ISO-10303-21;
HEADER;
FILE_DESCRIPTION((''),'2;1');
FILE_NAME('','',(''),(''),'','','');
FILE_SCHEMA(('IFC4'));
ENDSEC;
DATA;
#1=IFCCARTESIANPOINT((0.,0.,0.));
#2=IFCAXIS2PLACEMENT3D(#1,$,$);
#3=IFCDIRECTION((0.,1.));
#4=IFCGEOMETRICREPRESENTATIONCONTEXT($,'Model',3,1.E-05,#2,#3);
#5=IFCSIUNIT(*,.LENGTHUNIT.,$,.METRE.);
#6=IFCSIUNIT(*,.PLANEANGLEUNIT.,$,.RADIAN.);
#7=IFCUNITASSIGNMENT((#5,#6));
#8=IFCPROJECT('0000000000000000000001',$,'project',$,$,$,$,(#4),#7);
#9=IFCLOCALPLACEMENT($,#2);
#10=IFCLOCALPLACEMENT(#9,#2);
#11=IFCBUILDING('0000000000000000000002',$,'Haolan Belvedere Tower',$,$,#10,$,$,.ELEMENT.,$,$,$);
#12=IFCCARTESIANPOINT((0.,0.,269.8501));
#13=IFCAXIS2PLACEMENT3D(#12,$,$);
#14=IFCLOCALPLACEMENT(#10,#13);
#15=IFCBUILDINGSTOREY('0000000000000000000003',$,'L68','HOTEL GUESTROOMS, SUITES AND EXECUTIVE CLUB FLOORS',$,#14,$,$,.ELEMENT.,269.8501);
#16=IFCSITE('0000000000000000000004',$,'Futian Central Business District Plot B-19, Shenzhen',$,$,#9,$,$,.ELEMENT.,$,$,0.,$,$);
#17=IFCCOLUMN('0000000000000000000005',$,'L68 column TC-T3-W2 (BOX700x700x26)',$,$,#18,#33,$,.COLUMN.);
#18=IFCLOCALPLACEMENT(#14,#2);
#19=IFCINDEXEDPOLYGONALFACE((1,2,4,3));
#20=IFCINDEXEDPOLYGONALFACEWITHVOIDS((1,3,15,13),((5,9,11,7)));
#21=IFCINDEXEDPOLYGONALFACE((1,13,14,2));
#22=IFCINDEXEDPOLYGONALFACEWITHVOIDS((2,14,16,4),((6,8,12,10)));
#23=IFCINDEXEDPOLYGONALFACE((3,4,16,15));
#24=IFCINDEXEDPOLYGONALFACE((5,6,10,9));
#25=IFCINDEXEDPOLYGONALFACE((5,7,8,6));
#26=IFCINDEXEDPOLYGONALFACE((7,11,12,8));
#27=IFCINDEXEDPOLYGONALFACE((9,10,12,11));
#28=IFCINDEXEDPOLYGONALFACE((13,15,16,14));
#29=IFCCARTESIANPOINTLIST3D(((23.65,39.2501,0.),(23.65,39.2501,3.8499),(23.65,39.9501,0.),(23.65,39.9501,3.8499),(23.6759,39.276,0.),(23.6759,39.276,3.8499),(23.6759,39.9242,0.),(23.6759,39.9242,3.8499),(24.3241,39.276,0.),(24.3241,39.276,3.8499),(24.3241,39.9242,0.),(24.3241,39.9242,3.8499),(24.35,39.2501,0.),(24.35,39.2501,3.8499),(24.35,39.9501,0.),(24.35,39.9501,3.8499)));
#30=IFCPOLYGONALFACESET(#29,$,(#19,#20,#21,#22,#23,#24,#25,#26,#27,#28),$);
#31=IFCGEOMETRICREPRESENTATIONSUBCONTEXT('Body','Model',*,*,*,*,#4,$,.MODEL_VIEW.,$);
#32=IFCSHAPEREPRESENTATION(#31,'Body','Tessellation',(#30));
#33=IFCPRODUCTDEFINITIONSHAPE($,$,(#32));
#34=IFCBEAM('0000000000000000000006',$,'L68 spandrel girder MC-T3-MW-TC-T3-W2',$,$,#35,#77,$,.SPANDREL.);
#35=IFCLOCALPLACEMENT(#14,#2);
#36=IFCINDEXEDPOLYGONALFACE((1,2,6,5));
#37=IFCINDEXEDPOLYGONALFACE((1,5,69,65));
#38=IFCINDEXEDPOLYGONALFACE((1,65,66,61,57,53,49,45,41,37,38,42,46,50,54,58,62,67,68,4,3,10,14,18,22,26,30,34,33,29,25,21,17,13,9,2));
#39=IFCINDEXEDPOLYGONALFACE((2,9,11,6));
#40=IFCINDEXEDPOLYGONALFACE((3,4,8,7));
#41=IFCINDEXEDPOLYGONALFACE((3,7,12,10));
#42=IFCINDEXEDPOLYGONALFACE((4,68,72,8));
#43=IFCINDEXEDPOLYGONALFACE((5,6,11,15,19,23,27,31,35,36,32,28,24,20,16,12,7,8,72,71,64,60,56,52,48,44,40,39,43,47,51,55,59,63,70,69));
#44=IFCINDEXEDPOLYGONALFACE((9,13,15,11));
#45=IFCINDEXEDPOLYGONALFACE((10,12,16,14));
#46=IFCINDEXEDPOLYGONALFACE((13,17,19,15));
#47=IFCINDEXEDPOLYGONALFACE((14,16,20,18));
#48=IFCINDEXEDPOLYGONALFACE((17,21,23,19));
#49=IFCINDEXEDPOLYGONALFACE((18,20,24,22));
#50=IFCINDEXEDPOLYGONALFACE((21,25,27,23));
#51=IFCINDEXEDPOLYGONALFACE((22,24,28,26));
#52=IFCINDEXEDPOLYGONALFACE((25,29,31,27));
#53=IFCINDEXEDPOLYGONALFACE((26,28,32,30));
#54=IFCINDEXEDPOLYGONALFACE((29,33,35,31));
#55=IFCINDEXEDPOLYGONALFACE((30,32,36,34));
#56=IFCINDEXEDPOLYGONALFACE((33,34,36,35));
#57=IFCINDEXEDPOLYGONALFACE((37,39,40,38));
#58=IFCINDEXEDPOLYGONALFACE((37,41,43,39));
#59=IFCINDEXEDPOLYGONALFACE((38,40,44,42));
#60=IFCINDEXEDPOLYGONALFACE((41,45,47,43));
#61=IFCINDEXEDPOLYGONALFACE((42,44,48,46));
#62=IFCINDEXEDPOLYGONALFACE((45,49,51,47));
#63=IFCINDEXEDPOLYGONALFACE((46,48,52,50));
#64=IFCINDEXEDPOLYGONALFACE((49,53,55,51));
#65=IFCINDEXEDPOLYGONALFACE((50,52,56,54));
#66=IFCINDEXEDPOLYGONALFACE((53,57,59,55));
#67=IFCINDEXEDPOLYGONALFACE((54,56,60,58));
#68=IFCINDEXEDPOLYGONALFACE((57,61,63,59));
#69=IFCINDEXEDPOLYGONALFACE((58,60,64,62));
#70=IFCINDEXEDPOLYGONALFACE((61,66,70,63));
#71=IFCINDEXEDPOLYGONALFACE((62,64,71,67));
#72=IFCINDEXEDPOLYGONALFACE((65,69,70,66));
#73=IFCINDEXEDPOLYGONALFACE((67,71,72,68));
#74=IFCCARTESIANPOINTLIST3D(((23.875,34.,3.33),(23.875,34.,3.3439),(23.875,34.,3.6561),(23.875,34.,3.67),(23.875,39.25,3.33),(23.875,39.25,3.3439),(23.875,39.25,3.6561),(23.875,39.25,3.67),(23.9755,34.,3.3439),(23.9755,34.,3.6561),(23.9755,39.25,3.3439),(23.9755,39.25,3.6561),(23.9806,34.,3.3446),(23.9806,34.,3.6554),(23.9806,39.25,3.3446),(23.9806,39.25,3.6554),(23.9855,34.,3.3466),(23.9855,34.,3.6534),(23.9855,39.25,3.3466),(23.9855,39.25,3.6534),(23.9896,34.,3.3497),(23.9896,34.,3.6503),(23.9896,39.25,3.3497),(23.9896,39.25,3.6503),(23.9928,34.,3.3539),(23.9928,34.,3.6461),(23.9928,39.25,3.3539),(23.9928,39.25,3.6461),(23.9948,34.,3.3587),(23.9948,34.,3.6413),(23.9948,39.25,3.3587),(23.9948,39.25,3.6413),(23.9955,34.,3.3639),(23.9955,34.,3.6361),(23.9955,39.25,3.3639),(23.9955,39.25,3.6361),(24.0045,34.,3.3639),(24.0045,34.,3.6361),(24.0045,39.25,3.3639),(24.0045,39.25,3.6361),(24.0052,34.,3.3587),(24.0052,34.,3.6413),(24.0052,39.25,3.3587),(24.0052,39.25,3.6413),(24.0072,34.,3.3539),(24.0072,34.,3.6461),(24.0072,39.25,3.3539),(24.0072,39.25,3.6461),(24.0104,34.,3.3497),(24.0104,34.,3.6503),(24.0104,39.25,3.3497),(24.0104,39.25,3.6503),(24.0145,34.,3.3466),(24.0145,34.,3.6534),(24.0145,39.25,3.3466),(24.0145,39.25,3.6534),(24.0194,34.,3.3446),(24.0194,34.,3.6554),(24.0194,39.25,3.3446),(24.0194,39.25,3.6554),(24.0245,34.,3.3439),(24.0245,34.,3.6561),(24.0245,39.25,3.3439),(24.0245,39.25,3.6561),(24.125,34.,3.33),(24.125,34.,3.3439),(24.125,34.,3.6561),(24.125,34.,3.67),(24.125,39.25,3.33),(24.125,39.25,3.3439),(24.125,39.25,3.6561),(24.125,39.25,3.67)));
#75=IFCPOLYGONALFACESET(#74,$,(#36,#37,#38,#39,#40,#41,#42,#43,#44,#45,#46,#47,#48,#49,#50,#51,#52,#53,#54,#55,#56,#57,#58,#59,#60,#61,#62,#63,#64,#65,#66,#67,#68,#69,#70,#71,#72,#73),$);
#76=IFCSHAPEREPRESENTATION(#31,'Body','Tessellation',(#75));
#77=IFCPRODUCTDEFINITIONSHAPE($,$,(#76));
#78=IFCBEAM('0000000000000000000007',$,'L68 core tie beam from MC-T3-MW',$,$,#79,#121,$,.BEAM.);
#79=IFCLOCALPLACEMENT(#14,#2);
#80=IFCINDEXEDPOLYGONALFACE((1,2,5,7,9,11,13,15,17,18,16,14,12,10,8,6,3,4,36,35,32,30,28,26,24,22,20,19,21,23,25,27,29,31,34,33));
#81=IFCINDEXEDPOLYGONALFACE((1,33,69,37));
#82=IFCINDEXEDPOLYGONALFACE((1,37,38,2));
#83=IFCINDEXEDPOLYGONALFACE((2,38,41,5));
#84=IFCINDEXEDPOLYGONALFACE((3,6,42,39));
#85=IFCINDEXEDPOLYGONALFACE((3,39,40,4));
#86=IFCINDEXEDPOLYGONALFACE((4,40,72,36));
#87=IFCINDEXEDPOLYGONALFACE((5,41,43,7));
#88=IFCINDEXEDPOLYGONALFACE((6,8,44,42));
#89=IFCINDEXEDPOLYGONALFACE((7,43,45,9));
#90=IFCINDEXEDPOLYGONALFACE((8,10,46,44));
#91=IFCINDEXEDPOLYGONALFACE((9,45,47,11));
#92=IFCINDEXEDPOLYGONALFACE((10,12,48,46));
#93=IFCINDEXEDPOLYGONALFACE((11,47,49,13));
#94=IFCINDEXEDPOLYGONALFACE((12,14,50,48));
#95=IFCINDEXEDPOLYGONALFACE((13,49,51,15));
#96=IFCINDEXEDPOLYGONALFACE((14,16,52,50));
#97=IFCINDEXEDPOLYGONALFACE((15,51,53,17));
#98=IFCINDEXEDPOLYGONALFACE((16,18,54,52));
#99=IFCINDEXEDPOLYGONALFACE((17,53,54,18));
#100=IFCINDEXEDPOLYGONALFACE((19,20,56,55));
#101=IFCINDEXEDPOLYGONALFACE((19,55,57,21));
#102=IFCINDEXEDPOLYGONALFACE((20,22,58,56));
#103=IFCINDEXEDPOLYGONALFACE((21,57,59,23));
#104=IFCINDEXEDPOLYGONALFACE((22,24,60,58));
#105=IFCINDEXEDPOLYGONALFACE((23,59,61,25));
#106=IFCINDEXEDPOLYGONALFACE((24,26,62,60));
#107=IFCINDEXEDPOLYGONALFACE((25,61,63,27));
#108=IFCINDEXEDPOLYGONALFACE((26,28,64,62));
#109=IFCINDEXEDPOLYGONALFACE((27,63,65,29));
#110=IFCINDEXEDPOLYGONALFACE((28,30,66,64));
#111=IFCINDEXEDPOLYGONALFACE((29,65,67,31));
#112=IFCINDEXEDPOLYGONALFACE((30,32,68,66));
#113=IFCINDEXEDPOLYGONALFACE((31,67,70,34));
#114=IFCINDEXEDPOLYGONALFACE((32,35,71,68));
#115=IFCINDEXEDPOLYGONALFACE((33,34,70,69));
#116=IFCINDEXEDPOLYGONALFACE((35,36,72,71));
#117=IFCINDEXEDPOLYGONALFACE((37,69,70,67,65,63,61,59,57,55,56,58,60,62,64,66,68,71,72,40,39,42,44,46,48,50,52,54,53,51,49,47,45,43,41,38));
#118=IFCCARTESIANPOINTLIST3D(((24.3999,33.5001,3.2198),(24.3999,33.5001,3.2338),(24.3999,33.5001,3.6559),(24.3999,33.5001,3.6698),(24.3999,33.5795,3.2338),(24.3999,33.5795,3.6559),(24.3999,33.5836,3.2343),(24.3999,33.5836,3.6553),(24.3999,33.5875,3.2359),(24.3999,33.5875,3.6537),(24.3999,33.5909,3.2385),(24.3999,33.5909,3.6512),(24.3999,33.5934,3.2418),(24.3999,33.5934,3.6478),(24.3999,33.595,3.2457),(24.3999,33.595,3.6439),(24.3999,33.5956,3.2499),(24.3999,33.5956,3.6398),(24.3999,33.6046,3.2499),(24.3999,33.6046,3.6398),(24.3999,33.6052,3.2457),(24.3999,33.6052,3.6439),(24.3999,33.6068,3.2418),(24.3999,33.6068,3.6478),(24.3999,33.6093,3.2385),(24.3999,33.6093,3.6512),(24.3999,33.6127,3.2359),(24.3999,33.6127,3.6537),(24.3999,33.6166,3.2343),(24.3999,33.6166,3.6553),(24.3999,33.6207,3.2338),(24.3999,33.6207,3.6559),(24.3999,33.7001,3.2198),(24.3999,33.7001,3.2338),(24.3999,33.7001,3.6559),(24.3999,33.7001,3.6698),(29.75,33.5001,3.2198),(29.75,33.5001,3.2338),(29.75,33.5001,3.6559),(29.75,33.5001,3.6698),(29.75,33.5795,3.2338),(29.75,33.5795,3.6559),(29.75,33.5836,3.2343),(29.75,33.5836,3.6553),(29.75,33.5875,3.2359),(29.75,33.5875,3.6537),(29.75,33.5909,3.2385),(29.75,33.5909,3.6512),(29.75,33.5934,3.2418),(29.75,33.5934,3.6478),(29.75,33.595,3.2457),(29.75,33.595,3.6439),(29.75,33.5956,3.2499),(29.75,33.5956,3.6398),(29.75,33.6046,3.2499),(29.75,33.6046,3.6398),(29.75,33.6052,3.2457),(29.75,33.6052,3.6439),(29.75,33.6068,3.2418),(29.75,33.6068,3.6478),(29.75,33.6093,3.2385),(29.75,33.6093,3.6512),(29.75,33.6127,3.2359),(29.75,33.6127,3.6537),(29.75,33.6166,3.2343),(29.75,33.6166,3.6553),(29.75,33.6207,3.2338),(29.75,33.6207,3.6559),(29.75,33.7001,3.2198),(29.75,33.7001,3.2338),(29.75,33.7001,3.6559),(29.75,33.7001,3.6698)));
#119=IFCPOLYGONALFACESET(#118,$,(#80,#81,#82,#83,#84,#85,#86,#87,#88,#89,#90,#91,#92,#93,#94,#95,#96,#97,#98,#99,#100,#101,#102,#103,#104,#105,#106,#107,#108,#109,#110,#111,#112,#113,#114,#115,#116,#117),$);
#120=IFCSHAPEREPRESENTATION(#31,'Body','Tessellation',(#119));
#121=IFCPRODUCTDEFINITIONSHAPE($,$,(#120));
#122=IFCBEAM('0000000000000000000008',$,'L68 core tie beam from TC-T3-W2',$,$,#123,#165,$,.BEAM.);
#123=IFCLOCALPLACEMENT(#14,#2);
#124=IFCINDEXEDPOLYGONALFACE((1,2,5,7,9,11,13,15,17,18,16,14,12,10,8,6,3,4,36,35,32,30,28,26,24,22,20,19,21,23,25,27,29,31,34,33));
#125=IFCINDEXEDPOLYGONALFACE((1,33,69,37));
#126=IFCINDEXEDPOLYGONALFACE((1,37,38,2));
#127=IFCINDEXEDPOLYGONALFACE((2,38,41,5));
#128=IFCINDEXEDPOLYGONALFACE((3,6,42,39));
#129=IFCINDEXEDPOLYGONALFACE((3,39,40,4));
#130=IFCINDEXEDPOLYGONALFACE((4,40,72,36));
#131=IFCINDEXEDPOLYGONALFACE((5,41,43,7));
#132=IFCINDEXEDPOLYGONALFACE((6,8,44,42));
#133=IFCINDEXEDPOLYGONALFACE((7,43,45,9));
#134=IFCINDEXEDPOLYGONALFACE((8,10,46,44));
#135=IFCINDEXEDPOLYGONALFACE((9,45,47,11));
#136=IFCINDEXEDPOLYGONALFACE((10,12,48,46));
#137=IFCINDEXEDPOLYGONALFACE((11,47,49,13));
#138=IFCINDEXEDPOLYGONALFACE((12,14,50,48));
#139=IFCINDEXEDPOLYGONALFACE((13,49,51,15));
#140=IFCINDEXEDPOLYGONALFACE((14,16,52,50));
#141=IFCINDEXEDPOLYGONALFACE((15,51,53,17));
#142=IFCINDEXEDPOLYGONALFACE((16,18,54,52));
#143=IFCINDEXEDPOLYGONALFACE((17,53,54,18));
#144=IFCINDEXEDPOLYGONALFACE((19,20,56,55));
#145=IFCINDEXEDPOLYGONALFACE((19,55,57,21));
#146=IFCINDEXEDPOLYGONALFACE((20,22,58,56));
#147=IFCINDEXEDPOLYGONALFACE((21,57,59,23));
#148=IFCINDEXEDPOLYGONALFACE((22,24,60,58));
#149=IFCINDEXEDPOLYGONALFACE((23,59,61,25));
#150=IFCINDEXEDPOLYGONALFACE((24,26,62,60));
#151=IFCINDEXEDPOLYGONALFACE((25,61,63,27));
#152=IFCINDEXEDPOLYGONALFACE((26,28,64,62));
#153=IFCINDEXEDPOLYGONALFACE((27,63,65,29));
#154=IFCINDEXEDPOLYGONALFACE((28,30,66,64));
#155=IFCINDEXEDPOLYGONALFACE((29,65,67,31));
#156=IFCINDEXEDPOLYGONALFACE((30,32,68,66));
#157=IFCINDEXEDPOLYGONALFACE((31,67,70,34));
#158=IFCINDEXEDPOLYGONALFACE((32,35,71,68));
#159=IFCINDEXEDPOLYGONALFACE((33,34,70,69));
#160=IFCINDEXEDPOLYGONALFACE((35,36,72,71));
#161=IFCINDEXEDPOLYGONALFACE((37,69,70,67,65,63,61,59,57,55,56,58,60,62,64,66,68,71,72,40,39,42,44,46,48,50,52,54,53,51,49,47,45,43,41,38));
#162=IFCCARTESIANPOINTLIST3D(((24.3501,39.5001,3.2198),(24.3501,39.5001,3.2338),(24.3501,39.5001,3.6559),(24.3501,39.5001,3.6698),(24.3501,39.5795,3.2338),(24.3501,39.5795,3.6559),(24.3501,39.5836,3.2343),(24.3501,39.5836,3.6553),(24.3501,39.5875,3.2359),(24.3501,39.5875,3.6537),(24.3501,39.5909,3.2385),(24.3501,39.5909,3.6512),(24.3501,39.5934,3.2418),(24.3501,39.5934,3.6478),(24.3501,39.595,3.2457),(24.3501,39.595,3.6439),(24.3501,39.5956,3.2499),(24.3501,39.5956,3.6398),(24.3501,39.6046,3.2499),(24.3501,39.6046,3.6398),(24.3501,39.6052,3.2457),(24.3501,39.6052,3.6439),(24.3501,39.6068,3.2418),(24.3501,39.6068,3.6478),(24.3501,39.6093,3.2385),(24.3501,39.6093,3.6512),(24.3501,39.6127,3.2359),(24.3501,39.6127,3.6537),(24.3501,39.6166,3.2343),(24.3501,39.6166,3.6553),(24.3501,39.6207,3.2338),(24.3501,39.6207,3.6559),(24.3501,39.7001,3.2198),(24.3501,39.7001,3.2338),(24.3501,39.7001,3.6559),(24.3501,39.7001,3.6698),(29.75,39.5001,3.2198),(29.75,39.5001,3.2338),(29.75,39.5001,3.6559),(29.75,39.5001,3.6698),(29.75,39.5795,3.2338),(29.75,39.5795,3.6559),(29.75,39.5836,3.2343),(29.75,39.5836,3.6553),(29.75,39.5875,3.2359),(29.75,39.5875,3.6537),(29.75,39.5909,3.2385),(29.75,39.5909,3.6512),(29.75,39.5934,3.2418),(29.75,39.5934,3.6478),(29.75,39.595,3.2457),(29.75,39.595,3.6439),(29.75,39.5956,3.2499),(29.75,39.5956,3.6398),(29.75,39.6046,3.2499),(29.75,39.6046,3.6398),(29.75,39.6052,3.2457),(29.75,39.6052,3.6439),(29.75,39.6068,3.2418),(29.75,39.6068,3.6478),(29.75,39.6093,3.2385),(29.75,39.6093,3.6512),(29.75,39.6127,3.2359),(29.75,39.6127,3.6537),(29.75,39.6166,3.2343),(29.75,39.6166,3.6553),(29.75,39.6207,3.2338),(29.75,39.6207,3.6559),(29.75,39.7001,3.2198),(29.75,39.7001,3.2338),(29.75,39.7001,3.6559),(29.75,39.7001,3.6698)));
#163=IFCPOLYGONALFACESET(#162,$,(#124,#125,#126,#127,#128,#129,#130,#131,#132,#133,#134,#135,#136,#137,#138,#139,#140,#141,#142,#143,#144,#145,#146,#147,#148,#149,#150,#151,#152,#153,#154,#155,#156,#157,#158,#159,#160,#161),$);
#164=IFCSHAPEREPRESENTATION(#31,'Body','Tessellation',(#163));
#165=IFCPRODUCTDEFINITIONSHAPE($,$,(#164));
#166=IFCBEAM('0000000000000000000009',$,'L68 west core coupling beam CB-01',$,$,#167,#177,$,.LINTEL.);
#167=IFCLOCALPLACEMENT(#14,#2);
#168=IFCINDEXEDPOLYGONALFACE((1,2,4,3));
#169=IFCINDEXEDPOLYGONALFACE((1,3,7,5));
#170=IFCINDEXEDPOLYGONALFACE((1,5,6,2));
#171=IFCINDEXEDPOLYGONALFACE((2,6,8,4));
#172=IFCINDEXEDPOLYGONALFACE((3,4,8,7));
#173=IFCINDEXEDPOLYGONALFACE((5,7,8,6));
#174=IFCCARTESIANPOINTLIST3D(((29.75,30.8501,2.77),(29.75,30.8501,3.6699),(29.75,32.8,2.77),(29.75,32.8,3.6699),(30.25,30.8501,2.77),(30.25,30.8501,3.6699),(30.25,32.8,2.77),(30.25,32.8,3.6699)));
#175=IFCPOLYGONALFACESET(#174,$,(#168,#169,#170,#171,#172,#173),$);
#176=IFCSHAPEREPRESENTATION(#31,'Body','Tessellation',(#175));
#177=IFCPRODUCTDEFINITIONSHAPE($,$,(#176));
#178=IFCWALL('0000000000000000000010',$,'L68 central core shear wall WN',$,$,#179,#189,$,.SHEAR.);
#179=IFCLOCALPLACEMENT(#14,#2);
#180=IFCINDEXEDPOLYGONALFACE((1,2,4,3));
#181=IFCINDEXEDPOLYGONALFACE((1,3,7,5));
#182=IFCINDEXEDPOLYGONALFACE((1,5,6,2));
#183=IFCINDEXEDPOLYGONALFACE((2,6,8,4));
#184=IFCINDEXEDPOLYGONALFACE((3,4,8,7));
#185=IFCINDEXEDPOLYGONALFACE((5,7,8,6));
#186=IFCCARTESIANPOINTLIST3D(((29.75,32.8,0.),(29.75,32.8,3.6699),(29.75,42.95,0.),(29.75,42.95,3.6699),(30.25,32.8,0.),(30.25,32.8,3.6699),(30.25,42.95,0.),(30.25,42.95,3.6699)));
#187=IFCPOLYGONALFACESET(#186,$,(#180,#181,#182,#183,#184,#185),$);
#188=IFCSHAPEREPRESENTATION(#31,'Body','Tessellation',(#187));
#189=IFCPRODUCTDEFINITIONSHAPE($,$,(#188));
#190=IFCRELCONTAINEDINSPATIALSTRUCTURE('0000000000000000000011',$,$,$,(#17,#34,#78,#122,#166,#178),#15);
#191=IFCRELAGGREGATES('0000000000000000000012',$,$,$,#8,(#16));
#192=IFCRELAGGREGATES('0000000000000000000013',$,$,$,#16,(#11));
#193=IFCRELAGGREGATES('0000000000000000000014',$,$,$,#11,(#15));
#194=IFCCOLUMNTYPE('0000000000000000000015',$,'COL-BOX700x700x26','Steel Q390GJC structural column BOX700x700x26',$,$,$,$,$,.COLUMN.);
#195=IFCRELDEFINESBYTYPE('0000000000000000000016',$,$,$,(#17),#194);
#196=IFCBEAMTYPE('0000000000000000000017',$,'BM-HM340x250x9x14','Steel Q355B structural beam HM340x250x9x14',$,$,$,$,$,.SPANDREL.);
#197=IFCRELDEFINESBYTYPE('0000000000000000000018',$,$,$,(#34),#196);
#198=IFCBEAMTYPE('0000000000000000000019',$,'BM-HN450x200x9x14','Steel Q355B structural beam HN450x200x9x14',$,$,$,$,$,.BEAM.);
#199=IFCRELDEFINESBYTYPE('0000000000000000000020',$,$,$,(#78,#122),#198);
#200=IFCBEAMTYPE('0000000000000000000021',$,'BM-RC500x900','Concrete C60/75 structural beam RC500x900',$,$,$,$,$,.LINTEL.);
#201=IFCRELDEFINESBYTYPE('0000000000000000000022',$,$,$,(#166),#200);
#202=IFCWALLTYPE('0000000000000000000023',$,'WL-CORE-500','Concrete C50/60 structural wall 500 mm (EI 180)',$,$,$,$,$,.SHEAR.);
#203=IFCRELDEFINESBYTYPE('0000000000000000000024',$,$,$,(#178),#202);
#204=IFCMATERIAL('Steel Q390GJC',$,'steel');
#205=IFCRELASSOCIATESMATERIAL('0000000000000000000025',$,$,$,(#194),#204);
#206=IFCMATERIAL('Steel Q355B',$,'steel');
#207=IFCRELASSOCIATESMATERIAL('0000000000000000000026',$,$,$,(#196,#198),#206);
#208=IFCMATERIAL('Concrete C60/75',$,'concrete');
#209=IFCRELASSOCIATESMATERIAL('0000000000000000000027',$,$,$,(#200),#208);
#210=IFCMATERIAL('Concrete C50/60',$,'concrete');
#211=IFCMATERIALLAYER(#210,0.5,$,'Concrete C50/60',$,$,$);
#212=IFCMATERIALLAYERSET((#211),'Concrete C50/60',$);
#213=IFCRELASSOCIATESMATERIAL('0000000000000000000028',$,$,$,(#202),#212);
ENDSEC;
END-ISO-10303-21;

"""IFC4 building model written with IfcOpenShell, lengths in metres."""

from ifc_helpers import new_model, si_unit, direction, frame, frame_2d, origin, origin_2d, place, context, subcontext, project, spatial, rectangle, hollow_rectangle, i_section, extrude, material, layer, layer_set, material_profile, profile_set, type_object, element, save


model = new_model("IFC4")

# Units and contexts
model_context = context("Model", 3, precision=1e-05, world=origin(), true_north=direction((0.0, 1.0)))
body_context = subcontext(model_context, "Body", "Model", "MODEL_VIEW")
ifc_project = project(units=[si_unit("LENGTHUNIT", "METRE"), si_unit("PLANEANGLEUNIT", "RADIAN")], contexts=[model_context])

# Site, building, storey
site_placement = place(None, origin())
site = spatial("IfcSite", under=ifc_project, at=site_placement, Name="Futian Central Business District Plot B-19, Shenzhen", CompositionType="ELEMENT", RefElevation=0.0)
building_placement = place(site_placement, origin())
building = spatial("IfcBuilding", under=site, at=building_placement, Name="Haolan Belvedere Tower", CompositionType="ELEMENT")
storey_placement = place(building_placement, frame((0.0, 0.0, 269.8501)))
storey = spatial("IfcBuildingStorey", under=building, at=storey_placement, Name="L68", Description="HOTEL GUESTROOMS, SUITES AND EXECUTIVE CLUB FLOORS", CompositionType="ELEMENT", Elevation=269.8501)

# Column
ifc_material_1 = material(Name="Steel Q390GJC", Category="steel")
ifc_material_profile_1 = material_profile(ifc_material_1, hollow_rectangle(XDim=0.7, YDim=0.7, WallThickness=0.0259, at=origin_2d()), Name="Steel Q390GJC")
ifc_profile_set_1 = profile_set([ifc_material_profile_1], Name="Steel Q390GJC")
column_type = type_object("IfcColumnType", Name="COL-BOX700x700x26", Description="Steel Q390GJC structural column BOX700x700x26", PredefinedType="COLUMN", material=ifc_profile_set_1)
column_placement = place(storey_placement, frame((24.0, 39.6001, 0.0), z_axis=(0.0, 0.0, 1.0), x_axis=(1.0, 0.0, 0.0)))
element("IfcColumn", 1, at=column_placement, inside=storey, type_object=column_type, Name="L68 column TC-T3-W2 (BOX700x700x26)", PredefinedType="COLUMN", context=body_context, shape_type="SweptSolid", body=[
    extrude(hollow_rectangle(XDim=0.7, YDim=0.7, WallThickness=0.0259, at=origin_2d()), origin(), (0.0, 0.0, 1.0), 3.8499),
])

# Beams
ifc_material_2 = material(Name="Steel Q355B", Category="steel")
ifc_material_profile_2 = material_profile(ifc_material_2, i_section(OverallWidth=0.25, OverallDepth=0.3401, WebThickness=0.009, FlangeThickness=0.0139, FilletRadius=0.02, at=origin_2d()), Name="Steel Q355B")
ifc_profile_set_2 = profile_set([ifc_material_profile_2], Name="Steel Q355B")
beam_type_1 = type_object("IfcBeamType", Name="BM-HM340x250x9x14", Description="Steel Q355B structural beam HM340x250x9x14", PredefinedType="SPANDREL", material=ifc_profile_set_2)
beam_1_placement = place(storey_placement, frame((24.0, 34.0, 3.5), z_axis=(0.0, 1.0, 0.0), x_axis=(-1.0, 0.0, 0.0)))
element("IfcBeam", 2, at=beam_1_placement, inside=storey, type_object=beam_type_1, Name="L68 spandrel girder MC-T3-MW-TC-T3-W2", PredefinedType="SPANDREL", context=body_context, shape_type="SweptSolid", body=[
    extrude(i_section(OverallWidth=0.25, OverallDepth=0.3401, WebThickness=0.009, FlangeThickness=0.0139, FilletRadius=0.02, at=origin_2d()), origin(), (0.0, 0.0, 1.0), 5.25),
])
ifc_material_profile_3 = material_profile(ifc_material_2, i_section(OverallWidth=0.2, OverallDepth=0.45, WebThickness=0.009, FlangeThickness=0.0139, FilletRadius=0.0161, at=origin_2d()), Name="Steel Q355B")
ifc_profile_set_3 = profile_set([ifc_material_profile_3], Name="Steel Q355B")
beam_type_2 = type_object("IfcBeamType", Name="BM-HN450x200x9x14", Description="Steel Q355B structural beam HN450x200x9x14", PredefinedType="BEAM", material=ifc_profile_set_3)
beam_2_placement = place(storey_placement, frame((24.3999, 33.6001, 3.4448), z_axis=(1.0, 0.0, 0.0), x_axis=(0.0, 1.0, 0.0)))
element("IfcBeam", 3, at=beam_2_placement, inside=storey, type_object=beam_type_2, Name="L68 core tie beam from MC-T3-MW", PredefinedType="BEAM", context=body_context, shape_type="SweptSolid", body=[
    extrude(i_section(OverallWidth=0.2, OverallDepth=0.45, WebThickness=0.009, FlangeThickness=0.0139, FilletRadius=0.0161, at=origin_2d()), origin(), (0.0, 0.0, 1.0), 5.3501),
])
beam_3_placement = place(storey_placement, frame((24.3501, 39.6001, 3.4448), z_axis=(1.0, 0.0, 0.0), x_axis=(0.0, 1.0, 0.0)))
element("IfcBeam", 4, at=beam_3_placement, inside=storey, type_object=beam_type_2, Name="L68 core tie beam from TC-T3-W2", PredefinedType="BEAM", context=body_context, shape_type="SweptSolid", body=[
    extrude(i_section(OverallWidth=0.2, OverallDepth=0.45, WebThickness=0.009, FlangeThickness=0.0139, FilletRadius=0.0161, at=origin_2d()), origin(), (0.0, 0.0, 1.0), 5.3999),
])
ifc_material_3 = material(Name="Concrete C60/75", Category="concrete")
ifc_material_profile_4 = material_profile(ifc_material_3, rectangle(XDim=0.5, YDim=0.8999, at=origin_2d()), Name="Concrete C60/75")
ifc_profile_set_4 = profile_set([ifc_material_profile_4], Name="Concrete C60/75")
beam_type_3 = type_object("IfcBeamType", Name="BM-RC500x900", Description="Concrete C60/75 structural beam RC500x900", PredefinedType="LINTEL", material=ifc_profile_set_4)
beam_4_placement = place(storey_placement, frame((30.0, 30.8501, 3.22), z_axis=(0.0, 1.0, 0.0), x_axis=(-1.0, 0.0, 0.0)))
element("IfcBeam", 5, at=beam_4_placement, inside=storey, type_object=beam_type_3, Name="L68 west core coupling beam CB-01", PredefinedType="LINTEL", context=body_context, shape_type="SweptSolid", body=[
    extrude(rectangle(XDim=0.5, YDim=0.8999, at=origin_2d()), origin(), (0.0, 0.0, 1.0), 1.95),
])

# Wall
ifc_material_4 = material(Name="Concrete C50/60", Category="concrete")
ifc_layer_1 = layer(ifc_material_4, 0.5, Name="Concrete C50/60")
ifc_layer_set_1 = layer_set([ifc_layer_1], Name="Concrete C50/60")
wall_type_1 = type_object("IfcWallType", Name="WL-CORE-500", Description="Concrete C50/60 structural wall 500 mm (EI 180)", PredefinedType="SHEAR", material=ifc_layer_set_1)
wall_1_placement = place(storey_placement, frame((30.0, 32.8, 0.0), z_axis=(0.0, 0.0, 1.0), x_axis=(0.0, 1.0, 0.0)))
element("IfcWall", 6, at=wall_1_placement, inside=storey, type_object=wall_type_1, Name="L68 central core shear wall WN", PredefinedType="SHEAR", context=body_context, shape_type="SweptSolid", body=[
    extrude(rectangle(XDim=10.1499, YDim=0.5, at=frame_2d((5.075, 0.0))), origin(), (0.0, 0.0, 1.0), 3.6699),
])

save(model, "model.ifc")
